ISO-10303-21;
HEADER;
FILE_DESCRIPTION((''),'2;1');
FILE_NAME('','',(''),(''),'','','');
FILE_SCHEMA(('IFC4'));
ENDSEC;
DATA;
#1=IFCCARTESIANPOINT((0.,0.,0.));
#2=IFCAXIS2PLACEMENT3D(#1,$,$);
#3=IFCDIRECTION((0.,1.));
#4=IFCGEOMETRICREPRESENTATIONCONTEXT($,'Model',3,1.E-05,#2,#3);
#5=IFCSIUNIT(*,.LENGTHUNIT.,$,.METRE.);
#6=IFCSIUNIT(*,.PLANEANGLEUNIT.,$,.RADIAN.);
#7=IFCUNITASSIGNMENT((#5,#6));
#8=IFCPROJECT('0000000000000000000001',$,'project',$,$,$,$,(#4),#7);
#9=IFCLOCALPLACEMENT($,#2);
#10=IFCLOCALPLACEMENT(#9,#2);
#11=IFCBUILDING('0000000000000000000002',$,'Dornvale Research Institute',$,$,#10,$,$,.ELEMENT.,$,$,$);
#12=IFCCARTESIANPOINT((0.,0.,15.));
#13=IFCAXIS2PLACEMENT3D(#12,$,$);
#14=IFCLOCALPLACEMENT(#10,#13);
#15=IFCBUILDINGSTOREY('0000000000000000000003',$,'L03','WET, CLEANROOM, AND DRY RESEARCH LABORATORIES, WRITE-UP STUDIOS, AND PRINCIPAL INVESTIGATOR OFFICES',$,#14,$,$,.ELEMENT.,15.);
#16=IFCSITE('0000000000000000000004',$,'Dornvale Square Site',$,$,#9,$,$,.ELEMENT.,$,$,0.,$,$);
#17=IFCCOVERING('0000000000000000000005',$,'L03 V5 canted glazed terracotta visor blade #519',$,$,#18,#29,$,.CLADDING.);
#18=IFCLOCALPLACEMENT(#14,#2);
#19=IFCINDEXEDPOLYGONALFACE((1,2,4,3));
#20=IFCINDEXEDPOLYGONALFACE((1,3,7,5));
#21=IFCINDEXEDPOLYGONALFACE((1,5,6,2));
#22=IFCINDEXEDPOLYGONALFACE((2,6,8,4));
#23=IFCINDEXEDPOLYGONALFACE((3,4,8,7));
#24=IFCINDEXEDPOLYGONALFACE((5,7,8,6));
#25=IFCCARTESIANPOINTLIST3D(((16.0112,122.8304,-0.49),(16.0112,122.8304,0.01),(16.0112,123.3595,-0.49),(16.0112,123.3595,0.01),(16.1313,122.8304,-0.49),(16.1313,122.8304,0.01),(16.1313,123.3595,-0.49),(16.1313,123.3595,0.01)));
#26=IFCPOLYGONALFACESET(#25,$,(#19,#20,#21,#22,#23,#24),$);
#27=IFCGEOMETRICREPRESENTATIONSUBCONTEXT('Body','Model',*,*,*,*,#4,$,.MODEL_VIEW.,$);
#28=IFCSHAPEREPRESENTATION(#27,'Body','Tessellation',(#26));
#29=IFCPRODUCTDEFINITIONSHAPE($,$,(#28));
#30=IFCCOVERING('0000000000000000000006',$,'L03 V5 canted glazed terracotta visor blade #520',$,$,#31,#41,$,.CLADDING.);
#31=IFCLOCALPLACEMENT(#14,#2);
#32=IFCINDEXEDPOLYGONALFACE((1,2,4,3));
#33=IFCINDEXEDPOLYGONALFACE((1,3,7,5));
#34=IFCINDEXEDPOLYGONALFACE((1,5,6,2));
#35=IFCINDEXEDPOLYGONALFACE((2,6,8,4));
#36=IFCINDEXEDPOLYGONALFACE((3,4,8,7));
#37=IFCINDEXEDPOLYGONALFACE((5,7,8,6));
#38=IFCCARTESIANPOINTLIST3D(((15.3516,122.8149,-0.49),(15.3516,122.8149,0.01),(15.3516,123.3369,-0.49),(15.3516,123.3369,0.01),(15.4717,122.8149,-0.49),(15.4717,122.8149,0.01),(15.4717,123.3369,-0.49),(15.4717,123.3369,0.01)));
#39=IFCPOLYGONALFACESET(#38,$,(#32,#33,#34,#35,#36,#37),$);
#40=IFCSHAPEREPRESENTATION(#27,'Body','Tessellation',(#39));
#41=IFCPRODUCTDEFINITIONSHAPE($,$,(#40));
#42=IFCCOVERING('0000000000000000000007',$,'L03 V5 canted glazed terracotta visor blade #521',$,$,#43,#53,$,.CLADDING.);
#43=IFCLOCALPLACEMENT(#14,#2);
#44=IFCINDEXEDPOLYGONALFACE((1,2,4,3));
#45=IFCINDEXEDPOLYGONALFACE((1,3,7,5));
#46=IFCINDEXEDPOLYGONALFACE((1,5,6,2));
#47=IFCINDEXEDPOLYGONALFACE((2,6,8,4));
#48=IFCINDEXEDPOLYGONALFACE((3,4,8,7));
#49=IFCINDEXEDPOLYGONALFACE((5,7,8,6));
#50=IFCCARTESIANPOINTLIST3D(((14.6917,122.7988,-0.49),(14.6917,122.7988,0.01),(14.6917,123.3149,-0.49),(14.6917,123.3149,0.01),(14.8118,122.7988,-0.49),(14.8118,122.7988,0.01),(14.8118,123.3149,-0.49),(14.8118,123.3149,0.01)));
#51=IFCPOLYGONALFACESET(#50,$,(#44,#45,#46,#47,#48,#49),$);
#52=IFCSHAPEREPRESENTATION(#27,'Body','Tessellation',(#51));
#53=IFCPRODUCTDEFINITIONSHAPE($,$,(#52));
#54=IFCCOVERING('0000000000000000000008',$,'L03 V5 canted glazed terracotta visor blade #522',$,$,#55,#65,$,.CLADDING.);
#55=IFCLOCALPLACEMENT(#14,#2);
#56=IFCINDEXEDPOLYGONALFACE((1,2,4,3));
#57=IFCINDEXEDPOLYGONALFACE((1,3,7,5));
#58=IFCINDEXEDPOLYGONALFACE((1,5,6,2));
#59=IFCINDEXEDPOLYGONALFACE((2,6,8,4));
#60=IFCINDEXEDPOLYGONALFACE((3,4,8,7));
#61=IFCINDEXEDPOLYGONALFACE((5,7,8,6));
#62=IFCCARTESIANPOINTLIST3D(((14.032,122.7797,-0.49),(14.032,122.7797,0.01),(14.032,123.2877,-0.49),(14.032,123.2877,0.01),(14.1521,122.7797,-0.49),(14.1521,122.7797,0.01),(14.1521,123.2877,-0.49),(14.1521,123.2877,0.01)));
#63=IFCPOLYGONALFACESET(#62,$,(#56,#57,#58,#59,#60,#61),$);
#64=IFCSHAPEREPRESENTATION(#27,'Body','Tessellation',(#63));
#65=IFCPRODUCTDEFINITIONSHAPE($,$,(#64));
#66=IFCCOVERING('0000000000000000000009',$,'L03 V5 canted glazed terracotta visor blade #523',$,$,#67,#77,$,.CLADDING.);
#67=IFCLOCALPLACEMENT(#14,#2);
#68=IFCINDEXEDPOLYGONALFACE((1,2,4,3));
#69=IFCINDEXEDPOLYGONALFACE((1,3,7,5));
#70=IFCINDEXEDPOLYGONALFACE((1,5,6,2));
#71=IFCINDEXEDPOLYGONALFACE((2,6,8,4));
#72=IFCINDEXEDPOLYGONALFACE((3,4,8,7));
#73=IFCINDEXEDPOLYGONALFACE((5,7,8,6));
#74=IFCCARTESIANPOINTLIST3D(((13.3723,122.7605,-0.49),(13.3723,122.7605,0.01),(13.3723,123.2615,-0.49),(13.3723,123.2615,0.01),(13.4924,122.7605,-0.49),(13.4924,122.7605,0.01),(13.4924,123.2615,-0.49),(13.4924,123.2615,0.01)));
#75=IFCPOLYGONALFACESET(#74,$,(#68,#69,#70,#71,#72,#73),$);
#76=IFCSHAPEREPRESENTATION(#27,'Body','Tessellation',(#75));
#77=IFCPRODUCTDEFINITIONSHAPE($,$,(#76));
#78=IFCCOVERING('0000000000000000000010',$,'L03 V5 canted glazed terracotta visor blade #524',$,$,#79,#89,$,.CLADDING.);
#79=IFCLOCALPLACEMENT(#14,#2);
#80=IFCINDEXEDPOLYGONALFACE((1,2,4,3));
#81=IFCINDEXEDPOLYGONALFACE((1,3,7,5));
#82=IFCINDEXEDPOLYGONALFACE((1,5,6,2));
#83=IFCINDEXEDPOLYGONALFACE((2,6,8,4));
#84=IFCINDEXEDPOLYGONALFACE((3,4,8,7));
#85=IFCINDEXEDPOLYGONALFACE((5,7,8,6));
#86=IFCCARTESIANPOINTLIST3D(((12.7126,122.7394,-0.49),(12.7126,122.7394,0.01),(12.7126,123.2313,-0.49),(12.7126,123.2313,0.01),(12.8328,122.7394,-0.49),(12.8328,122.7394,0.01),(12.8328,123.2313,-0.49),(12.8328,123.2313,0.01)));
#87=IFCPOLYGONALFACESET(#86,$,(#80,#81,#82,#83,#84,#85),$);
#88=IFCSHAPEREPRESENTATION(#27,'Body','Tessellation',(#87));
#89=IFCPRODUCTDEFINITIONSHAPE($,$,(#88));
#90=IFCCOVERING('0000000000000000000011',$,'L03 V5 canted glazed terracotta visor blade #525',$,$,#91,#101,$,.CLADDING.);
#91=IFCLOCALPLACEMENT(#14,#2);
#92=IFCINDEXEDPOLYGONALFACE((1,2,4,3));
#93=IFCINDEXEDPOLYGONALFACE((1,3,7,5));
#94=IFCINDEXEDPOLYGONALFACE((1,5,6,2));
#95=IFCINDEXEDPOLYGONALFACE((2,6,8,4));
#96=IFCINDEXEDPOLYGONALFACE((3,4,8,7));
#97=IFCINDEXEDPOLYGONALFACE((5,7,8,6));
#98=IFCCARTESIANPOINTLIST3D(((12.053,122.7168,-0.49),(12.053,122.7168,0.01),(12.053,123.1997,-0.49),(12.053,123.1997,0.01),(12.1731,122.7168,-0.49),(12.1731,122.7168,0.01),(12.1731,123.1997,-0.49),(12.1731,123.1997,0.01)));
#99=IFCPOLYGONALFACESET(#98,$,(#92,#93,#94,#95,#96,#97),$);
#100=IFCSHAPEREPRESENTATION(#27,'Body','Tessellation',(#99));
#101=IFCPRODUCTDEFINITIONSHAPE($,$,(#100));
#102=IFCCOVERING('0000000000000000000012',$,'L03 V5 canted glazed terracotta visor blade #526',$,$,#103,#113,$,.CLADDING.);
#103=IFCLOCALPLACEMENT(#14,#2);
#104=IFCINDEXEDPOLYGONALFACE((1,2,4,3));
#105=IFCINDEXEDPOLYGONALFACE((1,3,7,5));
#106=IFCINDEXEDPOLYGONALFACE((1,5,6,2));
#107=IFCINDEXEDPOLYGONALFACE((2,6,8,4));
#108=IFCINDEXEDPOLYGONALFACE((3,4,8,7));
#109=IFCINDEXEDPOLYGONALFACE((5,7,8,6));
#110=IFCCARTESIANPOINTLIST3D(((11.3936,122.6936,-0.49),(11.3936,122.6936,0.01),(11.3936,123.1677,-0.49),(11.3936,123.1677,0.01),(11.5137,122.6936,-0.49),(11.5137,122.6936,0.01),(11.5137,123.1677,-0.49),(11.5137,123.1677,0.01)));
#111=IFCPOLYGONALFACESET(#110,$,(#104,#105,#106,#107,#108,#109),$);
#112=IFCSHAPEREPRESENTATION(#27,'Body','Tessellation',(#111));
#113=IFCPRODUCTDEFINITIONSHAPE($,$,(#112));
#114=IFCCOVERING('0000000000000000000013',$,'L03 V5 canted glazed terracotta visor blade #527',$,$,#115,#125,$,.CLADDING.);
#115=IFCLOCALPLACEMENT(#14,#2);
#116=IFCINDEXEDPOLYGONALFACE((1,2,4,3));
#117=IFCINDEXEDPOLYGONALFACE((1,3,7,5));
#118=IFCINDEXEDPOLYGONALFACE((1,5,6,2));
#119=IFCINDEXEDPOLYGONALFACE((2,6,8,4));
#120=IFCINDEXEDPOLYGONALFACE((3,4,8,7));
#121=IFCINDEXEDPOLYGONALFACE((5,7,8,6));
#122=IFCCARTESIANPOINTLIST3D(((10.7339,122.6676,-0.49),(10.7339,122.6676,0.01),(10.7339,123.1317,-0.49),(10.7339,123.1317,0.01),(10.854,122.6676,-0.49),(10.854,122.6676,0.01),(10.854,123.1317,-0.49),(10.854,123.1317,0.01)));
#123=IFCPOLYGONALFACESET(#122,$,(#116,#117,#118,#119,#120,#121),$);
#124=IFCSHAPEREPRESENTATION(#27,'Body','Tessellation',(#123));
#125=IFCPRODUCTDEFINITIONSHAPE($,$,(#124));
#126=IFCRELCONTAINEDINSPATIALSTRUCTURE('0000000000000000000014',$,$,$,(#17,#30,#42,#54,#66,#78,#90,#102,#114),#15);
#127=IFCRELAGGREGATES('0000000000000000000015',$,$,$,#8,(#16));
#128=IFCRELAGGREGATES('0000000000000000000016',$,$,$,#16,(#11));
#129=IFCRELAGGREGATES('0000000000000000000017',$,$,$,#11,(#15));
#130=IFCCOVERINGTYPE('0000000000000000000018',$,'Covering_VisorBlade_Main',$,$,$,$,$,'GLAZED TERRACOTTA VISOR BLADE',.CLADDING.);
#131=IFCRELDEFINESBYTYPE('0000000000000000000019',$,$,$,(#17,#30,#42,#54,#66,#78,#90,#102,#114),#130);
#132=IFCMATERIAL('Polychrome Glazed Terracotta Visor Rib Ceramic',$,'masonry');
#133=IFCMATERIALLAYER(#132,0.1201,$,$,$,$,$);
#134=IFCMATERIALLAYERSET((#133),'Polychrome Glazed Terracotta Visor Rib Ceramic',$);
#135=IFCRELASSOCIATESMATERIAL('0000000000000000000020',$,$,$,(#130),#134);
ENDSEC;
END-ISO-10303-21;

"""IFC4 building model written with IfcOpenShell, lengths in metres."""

from ifc_helpers import new_model, si_unit, direction, frame, origin, origin_2d, place, context, subcontext, project, spatial, rectangle, extrude, material, layer, layer_set, type_object, element, save


model = new_model("IFC4")

# Units and contexts
model_context = context("Model", 3, precision=1e-05, world=origin(), true_north=direction((0.0, 1.0)))
body_context = subcontext(model_context, "Body", "Model", "MODEL_VIEW")
ifc_project = project(units=[si_unit("LENGTHUNIT", "METRE"), si_unit("PLANEANGLEUNIT", "RADIAN")], contexts=[model_context])

# Site, building, storey
site_placement = place(None, origin())
site = spatial("IfcSite", under=ifc_project, at=site_placement, Name="Dornvale Square Site", CompositionType="ELEMENT", RefElevation=0.0)
building_placement = place(site_placement, origin())
building = spatial("IfcBuilding", under=site, at=building_placement, Name="Dornvale Research Institute", CompositionType="ELEMENT")
storey_placement = place(building_placement, frame((0.0, 0.0, 15.0)))
storey = spatial("IfcBuildingStorey", under=building, at=storey_placement, Name="L03", Description="WET, CLEANROOM, AND DRY RESEARCH LABORATORIES, WRITE-UP STUDIOS, AND PRINCIPAL INVESTIGATOR OFFICES", CompositionType="ELEMENT", Elevation=15.0)

# Coverings
ifc_material_1 = material(Name="Polychrome Glazed Terracotta Visor Rib Ceramic", Category="masonry")
ifc_layer_1 = layer(ifc_material_1, 0.1201)
ifc_layer_set_1 = layer_set([ifc_layer_1], Name="Polychrome Glazed Terracotta Visor Rib Ceramic")
covering_type = type_object("IfcCoveringType", Name="Covering_VisorBlade_Main", ElementType="GLAZED TERRACOTTA VISOR BLADE", PredefinedType="CLADDING", material=ifc_layer_set_1)
covering_1_placement = place(storey_placement, frame((16.0713, 123.095, -0.49), z_axis=(0.0, 0.0, 1.0), x_axis=(0.0, 1.0, 0.0)))
element("IfcCovering", 1, at=covering_1_placement, inside=storey, type_object=covering_type, Name="L03 V5 canted glazed terracotta visor blade #519", PredefinedType="CLADDING", context=body_context, shape_type="SweptSolid", body=[
    extrude(rectangle(XDim=0.5291, YDim=0.1201, at=origin_2d()), origin(), (0.0, 0.0, 1.0), 0.5),
])
covering_2_placement = place(storey_placement, frame((15.4116, 123.0759, -0.49), z_axis=(0.0, 0.0, 1.0), x_axis=(0.0, 1.0, 0.0)))
element("IfcCovering", 2, at=covering_2_placement, inside=storey, type_object=covering_type, Name="L03 V5 canted glazed terracotta visor blade #520", PredefinedType="CLADDING", context=body_context, shape_type="SweptSolid", body=[
    extrude(rectangle(XDim=0.522, YDim=0.1201, at=origin_2d()), origin(), (0.0, 0.0, 1.0), 0.5),
])
covering_3_placement = place(storey_placement, frame((14.7517, 123.0569, -0.49), z_axis=(0.0, 0.0, 1.0), x_axis=(0.0, 1.0, 0.0)))
element("IfcCovering", 3, at=covering_3_placement, inside=storey, type_object=covering_type, Name="L03 V5 canted glazed terracotta visor blade #521", PredefinedType="CLADDING", context=body_context, shape_type="SweptSolid", body=[
    extrude(rectangle(XDim=0.5161, YDim=0.1201, at=origin_2d()), origin(), (0.0, 0.0, 1.0), 0.5),
])
covering_4_placement = place(storey_placement, frame((14.092, 123.0337, -0.49), z_axis=(0.0, 0.0, 1.0), x_axis=(0.0, 1.0, 0.0)))
element("IfcCovering", 4, at=covering_4_placement, inside=storey, type_object=covering_type, Name="L03 V5 canted glazed terracotta visor blade #522", PredefinedType="CLADDING", context=body_context, shape_type="SweptSolid", body=[
    extrude(rectangle(XDim=0.5081, YDim=0.1201, at=origin_2d()), origin(), (0.0, 0.0, 1.0), 0.5),
])
covering_5_placement = place(storey_placement, frame((13.4324, 123.011, -0.49), z_axis=(0.0, 0.0, 1.0), x_axis=(0.0, 1.0, 0.0)))
element("IfcCovering", 5, at=covering_5_placement, inside=storey, type_object=covering_type, Name="L03 V5 canted glazed terracotta visor blade #523", PredefinedType="CLADDING", context=body_context, shape_type="SweptSolid", body=[
    extrude(rectangle(XDim=0.501, YDim=0.1201, at=origin_2d()), origin(), (0.0, 0.0, 1.0), 0.5),
])
covering_6_placement = place(storey_placement, frame((12.7727, 122.9854, -0.49), z_axis=(0.0, 0.0, 1.0), x_axis=(0.0, 1.0, 0.0)))
element("IfcCovering", 6, at=covering_6_placement, inside=storey, type_object=covering_type, Name="L03 V5 canted glazed terracotta visor blade #524", PredefinedType="CLADDING", context=body_context, shape_type="SweptSolid", body=[
    extrude(rectangle(XDim=0.4919, YDim=0.1201, at=origin_2d()), origin(), (0.0, 0.0, 1.0), 0.5),
])
covering_7_placement = place(storey_placement, frame((12.113, 122.9583, -0.49), z_axis=(0.0, 0.0, 1.0), x_axis=(0.0, 1.0, 0.0)))
element("IfcCovering", 7, at=covering_7_placement, inside=storey, type_object=covering_type, Name="L03 V5 canted glazed terracotta visor blade #525", PredefinedType="CLADDING", context=body_context, shape_type="SweptSolid", body=[
    extrude(rectangle(XDim=0.4829, YDim=0.1201, at=origin_2d()), origin(), (0.0, 0.0, 1.0), 0.5),
])
covering_8_placement = place(storey_placement, frame((11.4536, 122.9307, -0.49), z_axis=(0.0, 0.0, 1.0), x_axis=(0.0, 1.0, 0.0)))
element("IfcCovering", 8, at=covering_8_placement, inside=storey, type_object=covering_type, Name="L03 V5 canted glazed terracotta visor blade #526", PredefinedType="CLADDING", context=body_context, shape_type="SweptSolid", body=[
    extrude(rectangle(XDim=0.4741, YDim=0.1201, at=origin_2d()), origin(), (0.0, 0.0, 1.0), 0.5),
])
covering_9_placement = place(storey_placement, frame((10.7939, 122.8997, -0.49), z_axis=(0.0, 0.0, 1.0), x_axis=(0.0, 1.0, 0.0)))
element("IfcCovering", 9, at=covering_9_placement, inside=storey, type_object=covering_type, Name="L03 V5 canted glazed terracotta visor blade #527", PredefinedType="CLADDING", context=body_context, shape_type="SweptSolid", body=[
    extrude(rectangle(XDim=0.4641, YDim=0.1201, at=origin_2d()), origin(), (0.0, 0.0, 1.0), 0.5),
])

save(model, "model.ifc")
